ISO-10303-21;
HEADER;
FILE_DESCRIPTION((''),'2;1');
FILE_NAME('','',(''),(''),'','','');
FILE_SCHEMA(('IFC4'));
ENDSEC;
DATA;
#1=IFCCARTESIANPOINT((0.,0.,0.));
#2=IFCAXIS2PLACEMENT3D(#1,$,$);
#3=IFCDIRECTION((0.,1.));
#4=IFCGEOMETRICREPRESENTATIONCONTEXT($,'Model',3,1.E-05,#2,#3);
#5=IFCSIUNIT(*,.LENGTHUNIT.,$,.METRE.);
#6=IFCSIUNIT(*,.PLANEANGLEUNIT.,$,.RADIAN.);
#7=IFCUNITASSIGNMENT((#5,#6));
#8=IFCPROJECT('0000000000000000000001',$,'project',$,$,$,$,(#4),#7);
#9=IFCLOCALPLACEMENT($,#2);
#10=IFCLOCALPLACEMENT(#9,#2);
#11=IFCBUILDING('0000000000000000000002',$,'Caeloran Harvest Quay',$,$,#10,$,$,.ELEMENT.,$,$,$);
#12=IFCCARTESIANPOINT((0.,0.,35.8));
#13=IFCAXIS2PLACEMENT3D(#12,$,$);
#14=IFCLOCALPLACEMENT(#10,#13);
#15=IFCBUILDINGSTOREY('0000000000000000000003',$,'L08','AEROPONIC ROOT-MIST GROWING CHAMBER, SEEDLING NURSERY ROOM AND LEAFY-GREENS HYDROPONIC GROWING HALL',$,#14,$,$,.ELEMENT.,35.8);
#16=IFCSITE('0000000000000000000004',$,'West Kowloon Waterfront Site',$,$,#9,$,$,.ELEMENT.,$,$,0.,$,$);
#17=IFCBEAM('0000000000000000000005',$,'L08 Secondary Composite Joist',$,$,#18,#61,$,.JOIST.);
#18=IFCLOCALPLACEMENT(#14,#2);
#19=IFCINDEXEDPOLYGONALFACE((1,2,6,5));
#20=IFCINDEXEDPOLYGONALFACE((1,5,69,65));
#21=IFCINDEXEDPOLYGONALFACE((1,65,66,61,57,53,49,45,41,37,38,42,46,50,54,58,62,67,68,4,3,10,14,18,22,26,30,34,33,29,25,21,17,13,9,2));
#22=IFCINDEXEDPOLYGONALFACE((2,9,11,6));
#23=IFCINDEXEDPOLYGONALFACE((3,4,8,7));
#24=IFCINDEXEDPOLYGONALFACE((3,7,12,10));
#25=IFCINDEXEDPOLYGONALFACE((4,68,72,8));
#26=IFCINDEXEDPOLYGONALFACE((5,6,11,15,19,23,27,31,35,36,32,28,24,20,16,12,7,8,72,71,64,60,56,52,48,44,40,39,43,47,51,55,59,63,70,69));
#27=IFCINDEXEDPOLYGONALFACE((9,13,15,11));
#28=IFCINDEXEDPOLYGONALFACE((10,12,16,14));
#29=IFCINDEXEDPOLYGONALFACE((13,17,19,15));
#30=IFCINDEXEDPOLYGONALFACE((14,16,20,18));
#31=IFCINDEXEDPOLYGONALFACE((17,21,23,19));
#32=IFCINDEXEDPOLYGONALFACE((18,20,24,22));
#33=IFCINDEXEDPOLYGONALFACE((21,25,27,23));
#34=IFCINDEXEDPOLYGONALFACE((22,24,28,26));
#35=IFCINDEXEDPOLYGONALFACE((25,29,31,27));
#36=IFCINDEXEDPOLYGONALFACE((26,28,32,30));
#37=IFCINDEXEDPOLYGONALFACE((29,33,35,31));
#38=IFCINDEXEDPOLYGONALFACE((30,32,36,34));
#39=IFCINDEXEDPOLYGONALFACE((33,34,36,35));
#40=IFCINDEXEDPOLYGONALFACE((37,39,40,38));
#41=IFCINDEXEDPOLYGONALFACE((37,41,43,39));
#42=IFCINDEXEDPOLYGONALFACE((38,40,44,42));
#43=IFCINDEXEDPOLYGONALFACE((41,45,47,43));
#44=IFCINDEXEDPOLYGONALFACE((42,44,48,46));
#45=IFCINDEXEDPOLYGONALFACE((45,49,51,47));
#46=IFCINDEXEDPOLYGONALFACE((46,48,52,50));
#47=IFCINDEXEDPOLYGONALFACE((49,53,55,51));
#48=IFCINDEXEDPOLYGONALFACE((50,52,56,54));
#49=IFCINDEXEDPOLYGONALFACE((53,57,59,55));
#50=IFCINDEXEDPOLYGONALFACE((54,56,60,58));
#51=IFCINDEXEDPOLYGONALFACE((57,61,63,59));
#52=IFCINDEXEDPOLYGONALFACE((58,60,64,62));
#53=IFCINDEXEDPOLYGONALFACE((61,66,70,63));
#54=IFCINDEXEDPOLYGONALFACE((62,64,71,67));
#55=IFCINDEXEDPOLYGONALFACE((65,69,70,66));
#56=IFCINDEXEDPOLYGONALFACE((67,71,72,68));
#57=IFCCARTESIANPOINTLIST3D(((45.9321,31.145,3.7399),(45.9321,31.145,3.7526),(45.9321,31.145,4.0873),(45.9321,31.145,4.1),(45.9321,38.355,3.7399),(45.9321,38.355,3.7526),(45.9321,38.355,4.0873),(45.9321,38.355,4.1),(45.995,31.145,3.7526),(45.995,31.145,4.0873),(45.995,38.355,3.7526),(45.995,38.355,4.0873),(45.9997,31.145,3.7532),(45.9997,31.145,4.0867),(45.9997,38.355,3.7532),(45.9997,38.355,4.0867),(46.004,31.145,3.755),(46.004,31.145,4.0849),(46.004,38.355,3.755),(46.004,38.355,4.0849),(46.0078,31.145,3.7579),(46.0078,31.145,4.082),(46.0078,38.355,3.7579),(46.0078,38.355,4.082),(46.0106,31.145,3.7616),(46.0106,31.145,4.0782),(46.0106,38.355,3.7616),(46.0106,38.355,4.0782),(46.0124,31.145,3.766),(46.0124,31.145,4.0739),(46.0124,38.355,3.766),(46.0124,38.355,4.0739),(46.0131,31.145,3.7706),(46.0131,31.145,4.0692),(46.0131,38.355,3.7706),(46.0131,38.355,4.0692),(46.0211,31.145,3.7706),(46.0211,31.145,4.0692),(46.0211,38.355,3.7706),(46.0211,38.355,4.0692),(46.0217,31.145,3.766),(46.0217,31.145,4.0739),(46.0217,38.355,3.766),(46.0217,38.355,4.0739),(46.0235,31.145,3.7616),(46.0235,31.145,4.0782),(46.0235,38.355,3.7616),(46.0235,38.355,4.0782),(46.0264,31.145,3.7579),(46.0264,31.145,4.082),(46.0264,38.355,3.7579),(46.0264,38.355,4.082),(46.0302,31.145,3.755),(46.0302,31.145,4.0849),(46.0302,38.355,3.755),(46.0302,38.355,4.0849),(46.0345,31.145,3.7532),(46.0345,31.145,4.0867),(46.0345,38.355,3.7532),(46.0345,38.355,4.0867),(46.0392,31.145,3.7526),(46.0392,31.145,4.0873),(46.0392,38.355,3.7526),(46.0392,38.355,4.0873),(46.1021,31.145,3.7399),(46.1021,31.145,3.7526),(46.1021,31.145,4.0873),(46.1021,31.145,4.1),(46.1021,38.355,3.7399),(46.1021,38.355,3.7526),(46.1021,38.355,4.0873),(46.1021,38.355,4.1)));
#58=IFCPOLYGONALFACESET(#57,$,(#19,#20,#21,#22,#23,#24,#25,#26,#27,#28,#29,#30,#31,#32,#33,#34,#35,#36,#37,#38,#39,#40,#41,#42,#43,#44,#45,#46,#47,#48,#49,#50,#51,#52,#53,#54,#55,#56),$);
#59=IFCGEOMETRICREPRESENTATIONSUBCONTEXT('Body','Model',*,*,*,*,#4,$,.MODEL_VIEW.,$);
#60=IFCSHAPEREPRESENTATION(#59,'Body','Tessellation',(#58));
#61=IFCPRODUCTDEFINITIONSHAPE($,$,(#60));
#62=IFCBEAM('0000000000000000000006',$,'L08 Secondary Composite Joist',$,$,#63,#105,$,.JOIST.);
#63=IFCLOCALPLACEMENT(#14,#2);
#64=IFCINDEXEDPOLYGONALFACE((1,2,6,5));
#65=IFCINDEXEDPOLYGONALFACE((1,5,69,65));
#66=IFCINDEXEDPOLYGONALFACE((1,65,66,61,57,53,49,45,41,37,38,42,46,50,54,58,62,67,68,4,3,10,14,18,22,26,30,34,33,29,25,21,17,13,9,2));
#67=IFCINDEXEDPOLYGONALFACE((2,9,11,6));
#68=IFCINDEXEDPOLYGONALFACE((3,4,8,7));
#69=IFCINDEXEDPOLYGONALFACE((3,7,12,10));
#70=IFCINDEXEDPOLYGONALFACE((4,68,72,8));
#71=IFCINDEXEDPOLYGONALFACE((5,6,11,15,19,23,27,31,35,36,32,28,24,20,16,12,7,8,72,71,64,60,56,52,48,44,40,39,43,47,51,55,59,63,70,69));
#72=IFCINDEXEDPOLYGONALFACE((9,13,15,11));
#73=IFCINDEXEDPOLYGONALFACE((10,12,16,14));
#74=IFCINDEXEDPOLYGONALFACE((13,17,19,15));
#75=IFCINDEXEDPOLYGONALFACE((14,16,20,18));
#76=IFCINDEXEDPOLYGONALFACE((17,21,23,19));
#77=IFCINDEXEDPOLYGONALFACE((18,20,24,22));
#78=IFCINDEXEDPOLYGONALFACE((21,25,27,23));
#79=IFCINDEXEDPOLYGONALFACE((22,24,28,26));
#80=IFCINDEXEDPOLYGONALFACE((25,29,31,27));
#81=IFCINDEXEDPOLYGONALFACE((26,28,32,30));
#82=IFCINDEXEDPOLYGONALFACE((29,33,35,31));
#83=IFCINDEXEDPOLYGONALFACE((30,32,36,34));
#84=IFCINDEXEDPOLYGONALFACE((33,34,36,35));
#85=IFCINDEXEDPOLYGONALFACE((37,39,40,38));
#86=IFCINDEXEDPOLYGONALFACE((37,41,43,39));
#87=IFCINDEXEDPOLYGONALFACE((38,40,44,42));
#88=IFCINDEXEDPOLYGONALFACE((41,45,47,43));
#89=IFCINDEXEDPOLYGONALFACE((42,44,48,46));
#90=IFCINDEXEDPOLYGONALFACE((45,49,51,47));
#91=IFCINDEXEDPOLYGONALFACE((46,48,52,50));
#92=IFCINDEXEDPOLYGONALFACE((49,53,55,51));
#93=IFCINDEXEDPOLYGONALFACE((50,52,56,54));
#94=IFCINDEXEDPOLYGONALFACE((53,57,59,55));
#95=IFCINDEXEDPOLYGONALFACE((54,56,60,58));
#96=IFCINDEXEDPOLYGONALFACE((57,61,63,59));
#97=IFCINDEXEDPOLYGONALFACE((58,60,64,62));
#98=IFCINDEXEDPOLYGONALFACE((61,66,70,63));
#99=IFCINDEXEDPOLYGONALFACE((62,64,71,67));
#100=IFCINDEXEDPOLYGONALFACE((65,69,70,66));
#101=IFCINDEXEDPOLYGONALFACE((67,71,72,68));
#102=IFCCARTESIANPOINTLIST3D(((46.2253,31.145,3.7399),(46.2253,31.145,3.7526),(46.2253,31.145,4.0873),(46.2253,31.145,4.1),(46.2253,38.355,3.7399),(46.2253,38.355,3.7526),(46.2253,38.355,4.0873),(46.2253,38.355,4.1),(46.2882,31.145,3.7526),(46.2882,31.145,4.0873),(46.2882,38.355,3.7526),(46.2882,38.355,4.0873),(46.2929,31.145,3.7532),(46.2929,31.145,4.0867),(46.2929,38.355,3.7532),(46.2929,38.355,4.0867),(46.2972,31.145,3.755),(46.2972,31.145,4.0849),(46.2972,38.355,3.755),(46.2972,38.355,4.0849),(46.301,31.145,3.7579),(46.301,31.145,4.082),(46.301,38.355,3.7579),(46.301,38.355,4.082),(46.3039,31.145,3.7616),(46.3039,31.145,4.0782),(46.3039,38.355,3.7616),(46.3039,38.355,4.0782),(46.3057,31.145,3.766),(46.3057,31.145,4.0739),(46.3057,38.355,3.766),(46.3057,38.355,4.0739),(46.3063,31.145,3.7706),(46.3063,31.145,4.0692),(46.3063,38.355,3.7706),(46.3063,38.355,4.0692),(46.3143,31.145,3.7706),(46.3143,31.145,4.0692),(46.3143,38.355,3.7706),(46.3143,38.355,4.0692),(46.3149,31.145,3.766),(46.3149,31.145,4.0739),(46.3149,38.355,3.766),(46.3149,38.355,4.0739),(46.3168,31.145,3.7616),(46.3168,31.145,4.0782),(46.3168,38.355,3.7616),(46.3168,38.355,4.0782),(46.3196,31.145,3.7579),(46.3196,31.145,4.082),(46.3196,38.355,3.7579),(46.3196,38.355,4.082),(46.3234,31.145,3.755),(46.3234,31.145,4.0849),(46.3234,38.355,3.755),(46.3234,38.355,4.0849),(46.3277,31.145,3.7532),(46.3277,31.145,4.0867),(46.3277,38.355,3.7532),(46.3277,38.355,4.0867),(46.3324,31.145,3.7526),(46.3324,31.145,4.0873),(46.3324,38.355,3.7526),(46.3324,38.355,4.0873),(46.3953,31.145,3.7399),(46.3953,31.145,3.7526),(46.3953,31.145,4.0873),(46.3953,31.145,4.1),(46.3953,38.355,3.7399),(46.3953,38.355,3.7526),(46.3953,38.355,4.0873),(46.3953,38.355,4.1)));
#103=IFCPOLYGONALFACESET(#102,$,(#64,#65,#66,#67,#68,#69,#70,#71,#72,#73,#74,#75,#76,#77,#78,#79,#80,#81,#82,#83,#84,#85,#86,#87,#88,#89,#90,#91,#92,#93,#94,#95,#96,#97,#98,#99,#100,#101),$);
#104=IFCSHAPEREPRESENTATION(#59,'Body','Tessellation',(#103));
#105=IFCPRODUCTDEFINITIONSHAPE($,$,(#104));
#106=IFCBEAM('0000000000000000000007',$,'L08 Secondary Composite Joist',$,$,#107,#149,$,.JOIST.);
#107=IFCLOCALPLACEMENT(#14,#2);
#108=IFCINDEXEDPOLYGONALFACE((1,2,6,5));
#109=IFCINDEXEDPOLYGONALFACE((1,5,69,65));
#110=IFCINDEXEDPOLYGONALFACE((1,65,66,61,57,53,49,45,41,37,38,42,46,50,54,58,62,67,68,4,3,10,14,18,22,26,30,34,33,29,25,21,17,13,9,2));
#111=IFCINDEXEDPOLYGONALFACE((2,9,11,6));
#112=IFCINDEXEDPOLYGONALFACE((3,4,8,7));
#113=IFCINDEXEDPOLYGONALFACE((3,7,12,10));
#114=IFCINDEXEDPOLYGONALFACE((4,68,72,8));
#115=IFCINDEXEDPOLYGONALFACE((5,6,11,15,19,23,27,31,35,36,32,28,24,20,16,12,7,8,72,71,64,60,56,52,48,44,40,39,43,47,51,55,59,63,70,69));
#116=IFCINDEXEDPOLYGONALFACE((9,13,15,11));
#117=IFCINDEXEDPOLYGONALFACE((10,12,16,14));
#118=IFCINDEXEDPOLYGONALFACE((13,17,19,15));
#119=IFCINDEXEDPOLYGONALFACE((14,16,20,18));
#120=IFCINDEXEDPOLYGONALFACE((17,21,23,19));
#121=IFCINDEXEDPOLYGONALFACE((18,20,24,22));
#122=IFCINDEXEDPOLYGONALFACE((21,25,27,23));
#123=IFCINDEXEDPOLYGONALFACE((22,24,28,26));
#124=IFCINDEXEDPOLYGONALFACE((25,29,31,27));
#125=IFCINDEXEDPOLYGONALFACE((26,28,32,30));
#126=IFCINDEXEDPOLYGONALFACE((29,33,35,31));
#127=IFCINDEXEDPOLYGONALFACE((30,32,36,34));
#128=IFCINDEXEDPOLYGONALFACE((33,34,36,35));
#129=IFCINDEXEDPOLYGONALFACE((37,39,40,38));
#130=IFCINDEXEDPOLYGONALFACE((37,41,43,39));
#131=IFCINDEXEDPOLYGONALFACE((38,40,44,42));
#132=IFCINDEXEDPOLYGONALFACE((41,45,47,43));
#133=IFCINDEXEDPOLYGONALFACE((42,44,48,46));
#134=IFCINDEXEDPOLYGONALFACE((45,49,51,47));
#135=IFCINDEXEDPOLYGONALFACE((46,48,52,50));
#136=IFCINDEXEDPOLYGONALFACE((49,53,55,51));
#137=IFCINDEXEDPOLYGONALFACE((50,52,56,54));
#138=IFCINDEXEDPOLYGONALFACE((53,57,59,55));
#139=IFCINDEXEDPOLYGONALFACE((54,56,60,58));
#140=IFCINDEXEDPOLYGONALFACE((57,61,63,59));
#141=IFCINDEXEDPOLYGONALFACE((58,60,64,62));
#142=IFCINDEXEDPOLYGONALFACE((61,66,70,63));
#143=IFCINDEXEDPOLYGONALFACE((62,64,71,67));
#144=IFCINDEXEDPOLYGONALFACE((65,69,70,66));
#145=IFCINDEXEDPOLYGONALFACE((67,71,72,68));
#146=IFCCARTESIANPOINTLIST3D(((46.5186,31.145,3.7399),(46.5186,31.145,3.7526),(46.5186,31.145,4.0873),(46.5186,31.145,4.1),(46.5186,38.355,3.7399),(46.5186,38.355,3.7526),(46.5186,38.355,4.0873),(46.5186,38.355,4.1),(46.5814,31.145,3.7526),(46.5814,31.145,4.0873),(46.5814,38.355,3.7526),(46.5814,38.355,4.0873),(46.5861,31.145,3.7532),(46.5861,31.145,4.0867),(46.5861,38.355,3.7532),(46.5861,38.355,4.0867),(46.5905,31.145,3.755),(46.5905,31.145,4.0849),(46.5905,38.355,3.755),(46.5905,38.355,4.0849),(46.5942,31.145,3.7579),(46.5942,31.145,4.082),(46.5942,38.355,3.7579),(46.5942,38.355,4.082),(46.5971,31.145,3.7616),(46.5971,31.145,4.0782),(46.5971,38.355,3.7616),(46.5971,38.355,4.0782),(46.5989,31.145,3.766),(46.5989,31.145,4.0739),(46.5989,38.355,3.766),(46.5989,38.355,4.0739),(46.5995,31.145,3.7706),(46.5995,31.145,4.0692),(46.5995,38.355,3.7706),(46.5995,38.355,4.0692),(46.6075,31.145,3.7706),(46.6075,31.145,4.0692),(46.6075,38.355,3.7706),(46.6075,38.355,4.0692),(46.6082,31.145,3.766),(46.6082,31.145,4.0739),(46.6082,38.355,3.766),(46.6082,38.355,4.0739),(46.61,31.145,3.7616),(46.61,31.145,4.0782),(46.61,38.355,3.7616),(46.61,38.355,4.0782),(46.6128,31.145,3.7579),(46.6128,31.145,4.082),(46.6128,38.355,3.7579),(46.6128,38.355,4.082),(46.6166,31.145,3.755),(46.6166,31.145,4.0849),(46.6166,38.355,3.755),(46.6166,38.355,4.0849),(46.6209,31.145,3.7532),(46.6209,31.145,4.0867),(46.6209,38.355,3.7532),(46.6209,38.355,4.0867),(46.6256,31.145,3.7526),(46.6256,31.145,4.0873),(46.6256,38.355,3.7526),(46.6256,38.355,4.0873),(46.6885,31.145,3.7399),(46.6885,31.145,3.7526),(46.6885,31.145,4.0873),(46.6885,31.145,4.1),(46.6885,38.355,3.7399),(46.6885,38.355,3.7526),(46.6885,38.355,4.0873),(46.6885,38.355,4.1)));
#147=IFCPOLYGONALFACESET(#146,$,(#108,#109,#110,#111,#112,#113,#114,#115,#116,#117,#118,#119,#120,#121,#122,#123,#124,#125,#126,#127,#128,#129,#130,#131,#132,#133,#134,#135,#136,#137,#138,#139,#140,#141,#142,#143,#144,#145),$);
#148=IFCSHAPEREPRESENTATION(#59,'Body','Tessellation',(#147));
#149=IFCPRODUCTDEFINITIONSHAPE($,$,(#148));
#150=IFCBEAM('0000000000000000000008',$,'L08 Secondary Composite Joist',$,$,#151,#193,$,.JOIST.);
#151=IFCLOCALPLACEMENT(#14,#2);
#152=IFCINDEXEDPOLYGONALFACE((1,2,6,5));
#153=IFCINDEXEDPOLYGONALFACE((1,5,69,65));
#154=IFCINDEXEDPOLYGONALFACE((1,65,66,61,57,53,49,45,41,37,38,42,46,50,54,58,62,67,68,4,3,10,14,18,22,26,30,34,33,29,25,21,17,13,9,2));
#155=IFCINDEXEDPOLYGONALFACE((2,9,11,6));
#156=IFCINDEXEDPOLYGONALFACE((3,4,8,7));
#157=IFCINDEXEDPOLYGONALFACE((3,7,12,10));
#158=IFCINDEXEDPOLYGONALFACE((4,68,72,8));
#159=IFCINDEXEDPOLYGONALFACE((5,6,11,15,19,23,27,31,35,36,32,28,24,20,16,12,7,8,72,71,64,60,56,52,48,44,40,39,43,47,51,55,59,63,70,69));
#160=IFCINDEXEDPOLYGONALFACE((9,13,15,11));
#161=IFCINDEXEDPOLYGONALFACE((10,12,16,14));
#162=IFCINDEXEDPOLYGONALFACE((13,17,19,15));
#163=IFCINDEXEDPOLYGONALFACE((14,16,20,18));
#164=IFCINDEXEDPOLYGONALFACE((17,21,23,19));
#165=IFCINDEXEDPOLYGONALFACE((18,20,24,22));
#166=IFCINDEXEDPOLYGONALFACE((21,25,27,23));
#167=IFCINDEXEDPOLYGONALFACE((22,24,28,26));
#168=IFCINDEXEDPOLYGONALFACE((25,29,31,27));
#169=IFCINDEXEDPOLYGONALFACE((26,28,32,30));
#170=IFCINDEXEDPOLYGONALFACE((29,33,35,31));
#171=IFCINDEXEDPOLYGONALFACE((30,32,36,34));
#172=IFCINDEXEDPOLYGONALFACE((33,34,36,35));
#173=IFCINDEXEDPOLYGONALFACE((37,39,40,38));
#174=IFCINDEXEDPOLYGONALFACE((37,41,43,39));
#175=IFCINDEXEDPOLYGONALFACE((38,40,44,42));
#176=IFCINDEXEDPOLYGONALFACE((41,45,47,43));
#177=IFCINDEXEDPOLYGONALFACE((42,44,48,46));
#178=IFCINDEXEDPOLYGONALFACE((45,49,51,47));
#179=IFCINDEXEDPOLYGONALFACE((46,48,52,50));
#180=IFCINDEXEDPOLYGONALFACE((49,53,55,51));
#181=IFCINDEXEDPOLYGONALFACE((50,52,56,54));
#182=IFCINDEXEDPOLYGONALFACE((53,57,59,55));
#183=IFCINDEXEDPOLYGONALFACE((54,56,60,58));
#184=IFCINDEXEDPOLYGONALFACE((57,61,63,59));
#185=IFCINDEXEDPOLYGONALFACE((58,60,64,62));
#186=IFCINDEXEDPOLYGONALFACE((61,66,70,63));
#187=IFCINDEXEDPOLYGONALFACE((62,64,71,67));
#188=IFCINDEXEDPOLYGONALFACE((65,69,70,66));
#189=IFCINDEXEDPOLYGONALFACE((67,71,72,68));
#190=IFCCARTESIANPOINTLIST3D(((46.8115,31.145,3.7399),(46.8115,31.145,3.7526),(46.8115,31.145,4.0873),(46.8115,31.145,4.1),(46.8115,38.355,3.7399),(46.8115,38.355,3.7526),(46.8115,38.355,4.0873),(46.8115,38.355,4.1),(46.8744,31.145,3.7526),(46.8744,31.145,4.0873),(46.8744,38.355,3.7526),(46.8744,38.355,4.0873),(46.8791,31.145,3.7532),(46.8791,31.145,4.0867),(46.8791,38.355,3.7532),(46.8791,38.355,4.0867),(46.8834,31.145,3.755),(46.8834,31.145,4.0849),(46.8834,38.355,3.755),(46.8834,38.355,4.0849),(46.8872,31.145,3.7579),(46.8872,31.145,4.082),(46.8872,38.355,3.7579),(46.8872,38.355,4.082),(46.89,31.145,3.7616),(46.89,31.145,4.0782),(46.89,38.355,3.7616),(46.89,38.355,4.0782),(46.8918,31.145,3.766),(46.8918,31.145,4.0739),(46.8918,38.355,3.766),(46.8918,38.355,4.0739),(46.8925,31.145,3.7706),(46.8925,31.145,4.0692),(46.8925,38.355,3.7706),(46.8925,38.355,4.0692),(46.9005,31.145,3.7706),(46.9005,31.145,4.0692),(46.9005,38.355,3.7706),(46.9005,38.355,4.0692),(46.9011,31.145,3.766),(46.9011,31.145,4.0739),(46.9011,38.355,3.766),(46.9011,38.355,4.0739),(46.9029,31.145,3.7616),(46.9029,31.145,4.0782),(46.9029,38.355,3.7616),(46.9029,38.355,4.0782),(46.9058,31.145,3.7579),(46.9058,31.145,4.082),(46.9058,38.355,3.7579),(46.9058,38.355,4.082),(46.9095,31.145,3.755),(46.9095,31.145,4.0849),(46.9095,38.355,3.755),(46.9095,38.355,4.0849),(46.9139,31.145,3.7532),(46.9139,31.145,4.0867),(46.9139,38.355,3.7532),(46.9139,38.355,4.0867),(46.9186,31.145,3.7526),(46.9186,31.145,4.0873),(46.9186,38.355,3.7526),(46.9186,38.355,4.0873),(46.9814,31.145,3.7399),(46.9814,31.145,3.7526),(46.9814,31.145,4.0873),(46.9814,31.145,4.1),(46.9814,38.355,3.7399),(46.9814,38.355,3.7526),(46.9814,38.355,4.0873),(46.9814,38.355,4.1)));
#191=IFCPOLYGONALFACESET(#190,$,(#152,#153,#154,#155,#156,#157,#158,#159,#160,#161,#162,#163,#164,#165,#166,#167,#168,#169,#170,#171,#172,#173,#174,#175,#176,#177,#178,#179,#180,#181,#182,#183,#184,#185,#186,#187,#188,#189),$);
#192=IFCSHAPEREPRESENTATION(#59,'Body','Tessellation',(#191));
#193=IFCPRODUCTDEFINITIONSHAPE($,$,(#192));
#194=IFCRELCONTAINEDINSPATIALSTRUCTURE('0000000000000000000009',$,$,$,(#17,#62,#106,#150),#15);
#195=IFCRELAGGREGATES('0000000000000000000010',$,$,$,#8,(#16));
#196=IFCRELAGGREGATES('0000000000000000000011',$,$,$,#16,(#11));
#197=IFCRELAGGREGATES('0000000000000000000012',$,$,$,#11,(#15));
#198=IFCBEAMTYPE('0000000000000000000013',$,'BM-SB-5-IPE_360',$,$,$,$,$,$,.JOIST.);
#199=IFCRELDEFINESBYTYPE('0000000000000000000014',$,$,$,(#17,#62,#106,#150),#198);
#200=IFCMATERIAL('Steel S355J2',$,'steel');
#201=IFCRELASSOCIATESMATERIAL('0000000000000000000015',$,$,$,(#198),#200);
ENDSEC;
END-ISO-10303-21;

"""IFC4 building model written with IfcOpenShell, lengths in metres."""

from ifc_helpers import new_model, si_unit, direction, frame, origin, origin_2d, place, context, subcontext, project, spatial, i_section, extrude, material, material_profile, profile_set, type_object, element, save


model = new_model("IFC4")

# Units and contexts
model_context = context("Model", 3, precision=1e-05, world=origin(), true_north=direction((0.0, 1.0)))
body_context = subcontext(model_context, "Body", "Model", "MODEL_VIEW")
ifc_project = project(units=[si_unit("LENGTHUNIT", "METRE"), si_unit("PLANEANGLEUNIT", "RADIAN")], contexts=[model_context])

# Site, building, storey
site_placement = place(None, origin())
site = spatial("IfcSite", under=ifc_project, at=site_placement, Name="West Kowloon Waterfront Site", CompositionType="ELEMENT", RefElevation=0.0)
building_placement = place(site_placement, origin())
building = spatial("IfcBuilding", under=site, at=building_placement, Name="Caeloran Harvest Quay", CompositionType="ELEMENT")
storey_placement = place(building_placement, frame((0.0, 0.0, 35.8)))
storey = spatial("IfcBuildingStorey", under=building, at=storey_placement, Name="L08", Description="AEROPONIC ROOT-MIST GROWING CHAMBER, SEEDLING NURSERY ROOM AND LEAFY-GREENS HYDROPONIC GROWING HALL", CompositionType="ELEMENT", Elevation=35.8)

# Beams
ifc_material_1 = material(Name="Steel S355J2", Category="steel")
ifc_material_profile_1 = material_profile(ifc_material_1, i_section(OverallWidth=0.1699, OverallDepth=0.3601, WebThickness=0.0081, FlangeThickness=0.0127, FilletRadius=0.0181, at=origin_2d()), Name="IPE 360")
ifc_profile_set_1 = profile_set([ifc_material_profile_1], Name="Steel S355J2")
beam_type_1 = type_object("IfcBeamType", Name="BM-SB-5-IPE_360", PredefinedType="JOIST", material=ifc_profile_set_1)
for number, where, z_axis, x_axis, name in (
    (1, (46.0171, 31.145, 3.9199), (0.0, 1.0, 0.0), (-1.0, 0.0, 0.0), "L08 Secondary Composite Joist"),
    (2, (46.3103, 31.145, 3.9199), (0.0, 1.0, 0.0), (-1.0, 0.0, 0.0), "L08 Secondary Composite Joist"),
    (3, (46.6035, 31.145, 3.9199), (0.0, 1.0, 0.0), (-1.0, 0.0, 0.0), "L08 Secondary Composite Joist"),
    (4, (46.8965, 31.145, 3.9199), (0.0, 1.0, 0.0), (-1.0, 0.0, 0.0), "L08 Secondary Composite Joist"),
):
    element("IfcBeam", number, at=place(storey_placement, frame(where, z_axis=z_axis, x_axis=x_axis)), inside=storey, type_object=beam_type_1, Name=name, PredefinedType="JOIST", context=body_context, shape_type="SweptSolid", body=[
        extrude(i_section(OverallWidth=0.1699, OverallDepth=0.3601, WebThickness=0.0081, FlangeThickness=0.0127, FilletRadius=0.0181, at=origin_2d()), origin(), (0.0, 0.0, 1.0), 7.21),
    ])

save(model, "model.ifc")
